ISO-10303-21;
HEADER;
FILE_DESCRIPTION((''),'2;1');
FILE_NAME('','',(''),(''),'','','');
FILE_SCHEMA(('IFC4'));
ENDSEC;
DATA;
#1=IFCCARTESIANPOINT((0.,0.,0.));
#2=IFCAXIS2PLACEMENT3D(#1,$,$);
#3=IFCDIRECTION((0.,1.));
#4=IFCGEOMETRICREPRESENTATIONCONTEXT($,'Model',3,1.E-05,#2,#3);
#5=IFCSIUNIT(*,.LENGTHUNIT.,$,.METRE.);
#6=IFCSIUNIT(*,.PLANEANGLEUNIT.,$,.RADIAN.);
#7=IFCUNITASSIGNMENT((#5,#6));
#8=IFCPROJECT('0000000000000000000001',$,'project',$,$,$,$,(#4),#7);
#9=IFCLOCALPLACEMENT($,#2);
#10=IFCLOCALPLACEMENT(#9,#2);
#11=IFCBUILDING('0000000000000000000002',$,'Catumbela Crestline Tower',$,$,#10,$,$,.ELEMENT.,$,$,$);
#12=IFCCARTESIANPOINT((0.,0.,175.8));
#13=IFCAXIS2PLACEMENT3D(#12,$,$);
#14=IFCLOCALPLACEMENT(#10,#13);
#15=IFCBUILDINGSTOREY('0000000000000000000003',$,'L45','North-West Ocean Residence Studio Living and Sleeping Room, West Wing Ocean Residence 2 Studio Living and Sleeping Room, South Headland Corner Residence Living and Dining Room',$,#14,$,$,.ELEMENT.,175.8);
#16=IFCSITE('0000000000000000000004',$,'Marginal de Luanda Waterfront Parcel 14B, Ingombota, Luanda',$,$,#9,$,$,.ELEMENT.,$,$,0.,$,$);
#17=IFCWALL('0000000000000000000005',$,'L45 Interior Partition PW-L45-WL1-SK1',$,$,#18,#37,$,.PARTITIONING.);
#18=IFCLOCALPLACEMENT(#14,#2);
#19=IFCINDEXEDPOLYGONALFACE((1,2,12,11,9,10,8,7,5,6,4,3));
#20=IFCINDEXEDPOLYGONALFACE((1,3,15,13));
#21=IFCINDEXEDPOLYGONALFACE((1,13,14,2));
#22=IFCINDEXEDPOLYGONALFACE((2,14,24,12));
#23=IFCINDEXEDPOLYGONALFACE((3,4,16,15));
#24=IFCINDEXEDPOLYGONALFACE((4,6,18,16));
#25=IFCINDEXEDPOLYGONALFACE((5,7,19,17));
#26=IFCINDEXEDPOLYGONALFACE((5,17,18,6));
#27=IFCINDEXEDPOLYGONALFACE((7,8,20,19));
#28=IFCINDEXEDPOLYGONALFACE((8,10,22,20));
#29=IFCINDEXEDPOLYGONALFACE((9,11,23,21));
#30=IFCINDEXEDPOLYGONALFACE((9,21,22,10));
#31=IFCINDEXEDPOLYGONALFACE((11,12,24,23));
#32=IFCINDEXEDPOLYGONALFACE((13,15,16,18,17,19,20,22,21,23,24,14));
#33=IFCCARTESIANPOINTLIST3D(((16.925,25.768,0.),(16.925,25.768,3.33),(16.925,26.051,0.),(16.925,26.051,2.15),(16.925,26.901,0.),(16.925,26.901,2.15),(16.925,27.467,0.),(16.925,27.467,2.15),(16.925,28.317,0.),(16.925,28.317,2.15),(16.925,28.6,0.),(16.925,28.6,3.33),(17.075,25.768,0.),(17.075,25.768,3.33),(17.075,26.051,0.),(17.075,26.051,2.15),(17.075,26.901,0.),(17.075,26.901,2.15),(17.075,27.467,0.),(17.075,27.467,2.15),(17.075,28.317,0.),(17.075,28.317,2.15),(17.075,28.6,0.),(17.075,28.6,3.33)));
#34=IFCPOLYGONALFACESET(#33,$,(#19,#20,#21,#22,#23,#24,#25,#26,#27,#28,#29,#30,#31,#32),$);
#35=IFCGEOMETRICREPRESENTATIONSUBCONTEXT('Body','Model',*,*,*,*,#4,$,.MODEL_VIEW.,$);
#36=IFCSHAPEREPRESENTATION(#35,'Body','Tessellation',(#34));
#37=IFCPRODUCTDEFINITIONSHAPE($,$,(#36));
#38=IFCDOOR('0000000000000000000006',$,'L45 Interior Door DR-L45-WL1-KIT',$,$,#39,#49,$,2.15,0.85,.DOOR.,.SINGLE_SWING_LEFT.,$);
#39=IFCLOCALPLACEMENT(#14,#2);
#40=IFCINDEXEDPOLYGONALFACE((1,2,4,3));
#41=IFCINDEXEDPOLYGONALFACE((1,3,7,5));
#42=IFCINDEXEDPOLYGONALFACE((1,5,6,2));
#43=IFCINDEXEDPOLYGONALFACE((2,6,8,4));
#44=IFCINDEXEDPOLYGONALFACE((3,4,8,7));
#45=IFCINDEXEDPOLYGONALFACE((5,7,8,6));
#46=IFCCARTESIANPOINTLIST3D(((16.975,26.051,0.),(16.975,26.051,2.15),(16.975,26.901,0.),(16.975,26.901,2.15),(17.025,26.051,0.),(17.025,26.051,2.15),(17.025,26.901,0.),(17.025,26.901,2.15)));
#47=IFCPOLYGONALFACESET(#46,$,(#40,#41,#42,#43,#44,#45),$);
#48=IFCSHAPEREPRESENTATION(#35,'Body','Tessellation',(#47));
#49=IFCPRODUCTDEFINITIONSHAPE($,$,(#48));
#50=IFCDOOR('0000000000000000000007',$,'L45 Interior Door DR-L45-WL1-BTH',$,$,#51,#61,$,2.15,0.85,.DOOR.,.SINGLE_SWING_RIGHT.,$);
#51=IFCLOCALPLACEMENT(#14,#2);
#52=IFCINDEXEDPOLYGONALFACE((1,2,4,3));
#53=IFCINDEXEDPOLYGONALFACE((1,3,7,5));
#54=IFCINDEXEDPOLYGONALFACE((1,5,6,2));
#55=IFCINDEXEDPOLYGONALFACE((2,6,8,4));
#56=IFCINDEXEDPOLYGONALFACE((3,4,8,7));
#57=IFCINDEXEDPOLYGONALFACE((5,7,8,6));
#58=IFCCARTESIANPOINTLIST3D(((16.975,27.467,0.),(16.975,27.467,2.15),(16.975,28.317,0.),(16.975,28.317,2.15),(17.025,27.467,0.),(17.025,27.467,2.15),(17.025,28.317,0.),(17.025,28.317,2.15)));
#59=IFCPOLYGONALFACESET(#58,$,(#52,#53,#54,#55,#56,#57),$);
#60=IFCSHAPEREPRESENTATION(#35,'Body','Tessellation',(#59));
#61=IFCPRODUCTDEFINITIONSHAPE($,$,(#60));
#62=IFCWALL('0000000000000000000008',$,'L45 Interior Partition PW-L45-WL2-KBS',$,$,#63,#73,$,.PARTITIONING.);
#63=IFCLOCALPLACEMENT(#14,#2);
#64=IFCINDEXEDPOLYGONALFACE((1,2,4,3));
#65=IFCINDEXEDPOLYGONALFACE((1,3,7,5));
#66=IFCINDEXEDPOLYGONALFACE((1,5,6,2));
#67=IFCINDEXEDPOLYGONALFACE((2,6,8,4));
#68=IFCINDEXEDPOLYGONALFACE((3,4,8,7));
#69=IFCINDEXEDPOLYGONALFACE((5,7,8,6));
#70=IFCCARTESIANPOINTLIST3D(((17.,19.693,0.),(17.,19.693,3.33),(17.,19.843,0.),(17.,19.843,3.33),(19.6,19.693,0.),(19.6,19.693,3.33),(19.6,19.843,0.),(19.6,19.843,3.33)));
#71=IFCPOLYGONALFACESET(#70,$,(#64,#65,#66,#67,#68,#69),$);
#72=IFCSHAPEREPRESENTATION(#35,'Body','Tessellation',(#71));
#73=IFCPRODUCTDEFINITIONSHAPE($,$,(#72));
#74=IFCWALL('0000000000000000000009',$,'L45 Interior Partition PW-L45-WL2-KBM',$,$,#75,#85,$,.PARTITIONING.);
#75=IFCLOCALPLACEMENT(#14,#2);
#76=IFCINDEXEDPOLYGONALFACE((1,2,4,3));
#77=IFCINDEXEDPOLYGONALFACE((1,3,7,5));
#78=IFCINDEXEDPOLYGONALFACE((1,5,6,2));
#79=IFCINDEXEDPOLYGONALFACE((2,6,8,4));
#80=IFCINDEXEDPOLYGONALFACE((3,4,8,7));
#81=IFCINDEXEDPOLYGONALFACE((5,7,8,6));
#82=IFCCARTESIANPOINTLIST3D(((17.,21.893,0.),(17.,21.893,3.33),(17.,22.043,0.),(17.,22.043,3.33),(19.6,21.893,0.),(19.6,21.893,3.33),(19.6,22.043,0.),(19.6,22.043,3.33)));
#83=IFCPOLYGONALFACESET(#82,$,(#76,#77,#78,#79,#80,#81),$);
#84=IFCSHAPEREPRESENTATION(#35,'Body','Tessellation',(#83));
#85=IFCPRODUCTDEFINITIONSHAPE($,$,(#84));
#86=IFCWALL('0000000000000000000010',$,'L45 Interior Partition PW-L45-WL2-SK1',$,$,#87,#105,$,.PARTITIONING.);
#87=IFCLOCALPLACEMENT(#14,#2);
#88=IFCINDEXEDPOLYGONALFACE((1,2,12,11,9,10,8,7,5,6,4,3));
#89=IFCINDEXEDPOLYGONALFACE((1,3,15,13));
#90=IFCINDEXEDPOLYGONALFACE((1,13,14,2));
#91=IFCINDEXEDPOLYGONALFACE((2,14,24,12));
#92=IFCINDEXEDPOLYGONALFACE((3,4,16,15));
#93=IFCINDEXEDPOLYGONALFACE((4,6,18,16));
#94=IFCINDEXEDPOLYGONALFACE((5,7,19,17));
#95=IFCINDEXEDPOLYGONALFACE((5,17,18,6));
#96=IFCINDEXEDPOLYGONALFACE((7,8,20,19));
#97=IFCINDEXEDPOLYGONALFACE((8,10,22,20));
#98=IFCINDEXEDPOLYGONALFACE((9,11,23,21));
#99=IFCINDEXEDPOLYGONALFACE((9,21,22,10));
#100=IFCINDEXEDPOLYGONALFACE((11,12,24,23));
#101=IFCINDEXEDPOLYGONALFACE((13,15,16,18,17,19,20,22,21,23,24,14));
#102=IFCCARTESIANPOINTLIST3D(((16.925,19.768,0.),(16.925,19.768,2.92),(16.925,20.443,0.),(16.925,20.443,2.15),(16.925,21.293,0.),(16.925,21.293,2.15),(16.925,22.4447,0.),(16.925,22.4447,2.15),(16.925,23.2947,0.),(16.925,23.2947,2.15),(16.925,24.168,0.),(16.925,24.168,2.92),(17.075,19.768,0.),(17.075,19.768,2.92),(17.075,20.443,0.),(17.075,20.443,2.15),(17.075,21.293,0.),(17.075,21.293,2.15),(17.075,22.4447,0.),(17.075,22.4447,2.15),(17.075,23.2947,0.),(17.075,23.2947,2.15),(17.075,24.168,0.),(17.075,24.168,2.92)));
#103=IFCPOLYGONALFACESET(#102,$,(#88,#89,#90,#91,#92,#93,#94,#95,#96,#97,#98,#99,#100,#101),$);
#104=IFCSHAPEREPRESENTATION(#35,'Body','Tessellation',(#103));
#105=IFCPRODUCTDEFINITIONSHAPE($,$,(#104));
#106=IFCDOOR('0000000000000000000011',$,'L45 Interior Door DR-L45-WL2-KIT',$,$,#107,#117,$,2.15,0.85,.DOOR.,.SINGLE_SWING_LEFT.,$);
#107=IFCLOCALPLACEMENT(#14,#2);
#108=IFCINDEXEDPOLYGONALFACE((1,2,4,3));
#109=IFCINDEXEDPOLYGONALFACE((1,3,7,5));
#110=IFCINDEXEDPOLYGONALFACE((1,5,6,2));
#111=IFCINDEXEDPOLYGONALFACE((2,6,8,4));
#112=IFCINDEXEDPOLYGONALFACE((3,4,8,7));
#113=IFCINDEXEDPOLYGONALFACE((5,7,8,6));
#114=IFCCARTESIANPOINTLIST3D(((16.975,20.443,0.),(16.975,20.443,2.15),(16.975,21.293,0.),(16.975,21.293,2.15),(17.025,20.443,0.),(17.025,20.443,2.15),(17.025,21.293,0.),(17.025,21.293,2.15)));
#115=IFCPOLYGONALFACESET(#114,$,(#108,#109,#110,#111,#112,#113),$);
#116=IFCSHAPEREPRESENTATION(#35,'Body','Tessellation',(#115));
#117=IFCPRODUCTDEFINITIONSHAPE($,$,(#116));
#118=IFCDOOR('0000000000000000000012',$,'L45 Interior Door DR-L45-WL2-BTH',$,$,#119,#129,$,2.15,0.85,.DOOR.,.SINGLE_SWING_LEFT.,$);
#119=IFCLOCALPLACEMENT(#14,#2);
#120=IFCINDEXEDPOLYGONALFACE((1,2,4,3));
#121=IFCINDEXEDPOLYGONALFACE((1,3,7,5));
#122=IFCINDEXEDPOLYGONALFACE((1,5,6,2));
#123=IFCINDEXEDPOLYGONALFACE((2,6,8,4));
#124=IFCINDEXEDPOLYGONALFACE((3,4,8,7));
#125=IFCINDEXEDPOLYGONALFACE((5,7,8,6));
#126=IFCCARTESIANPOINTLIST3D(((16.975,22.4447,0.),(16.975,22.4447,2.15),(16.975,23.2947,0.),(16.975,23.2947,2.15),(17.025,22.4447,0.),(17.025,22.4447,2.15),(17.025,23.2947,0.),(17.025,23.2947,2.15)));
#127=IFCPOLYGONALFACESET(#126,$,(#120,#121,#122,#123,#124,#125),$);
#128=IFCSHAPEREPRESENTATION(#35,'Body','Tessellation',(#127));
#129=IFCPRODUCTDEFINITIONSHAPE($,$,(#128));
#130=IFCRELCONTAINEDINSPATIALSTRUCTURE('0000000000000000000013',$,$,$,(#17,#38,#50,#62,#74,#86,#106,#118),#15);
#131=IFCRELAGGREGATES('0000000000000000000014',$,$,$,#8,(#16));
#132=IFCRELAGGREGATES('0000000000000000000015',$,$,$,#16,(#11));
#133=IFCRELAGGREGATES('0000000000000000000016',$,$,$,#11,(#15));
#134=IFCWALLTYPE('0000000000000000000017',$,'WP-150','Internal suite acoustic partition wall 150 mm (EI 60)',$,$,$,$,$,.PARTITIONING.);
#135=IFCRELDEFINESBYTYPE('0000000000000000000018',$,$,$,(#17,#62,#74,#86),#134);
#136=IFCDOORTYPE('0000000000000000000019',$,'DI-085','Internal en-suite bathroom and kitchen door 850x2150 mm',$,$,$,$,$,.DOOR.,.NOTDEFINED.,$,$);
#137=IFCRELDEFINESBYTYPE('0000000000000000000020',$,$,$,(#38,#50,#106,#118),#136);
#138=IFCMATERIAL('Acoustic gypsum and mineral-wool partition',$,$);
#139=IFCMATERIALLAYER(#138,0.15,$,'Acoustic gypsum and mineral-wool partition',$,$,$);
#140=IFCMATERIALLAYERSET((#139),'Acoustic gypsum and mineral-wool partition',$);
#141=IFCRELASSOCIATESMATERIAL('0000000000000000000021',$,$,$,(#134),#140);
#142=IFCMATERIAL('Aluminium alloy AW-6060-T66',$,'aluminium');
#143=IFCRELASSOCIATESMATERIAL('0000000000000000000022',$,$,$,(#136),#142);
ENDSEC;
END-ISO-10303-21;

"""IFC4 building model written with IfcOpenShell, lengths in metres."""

from ifc_helpers import new_model, si_unit, direction, frame, frame_2d, origin, place, context, subcontext, project, spatial, rectangle, extrude, material, layer, layer_set, type_object, element, fill, save


model = new_model("IFC4")

# Units and contexts
model_context = context("Model", 3, precision=1e-05, world=origin(), true_north=direction((0.0, 1.0)))
body_context = subcontext(model_context, "Body", "Model", "MODEL_VIEW")
ifc_project = project(units=[si_unit("LENGTHUNIT", "METRE"), si_unit("PLANEANGLEUNIT", "RADIAN")], contexts=[model_context])

# Site, building, storey
site_placement = place(None, origin())
site = spatial("IfcSite", under=ifc_project, at=site_placement, Name="Marginal de Luanda Waterfront Parcel 14B, Ingombota, Luanda", CompositionType="ELEMENT", RefElevation=0.0)
building_placement = place(site_placement, origin())
building = spatial("IfcBuilding", under=site, at=building_placement, Name="Catumbela Crestline Tower", CompositionType="ELEMENT")
storey_placement = place(building_placement, frame((0.0, 0.0, 175.8)))
storey = spatial("IfcBuildingStorey", under=building, at=storey_placement, Name="L45", Description="North-West Ocean Residence Studio Living and Sleeping Room, West Wing Ocean Residence 2 Studio Living and Sleeping Room, South Headland Corner Residence Living and Dining Room", CompositionType="ELEMENT", Elevation=175.8)

# Shared definitions
ifc_material_1 = material(Name="Acoustic gypsum and mineral-wool partition")

# Shared definitions
ifc_material_2 = material(Name="Aluminium alloy AW-6060-T66", Category="aluminium")

# Shared definitions
ifc_layer_1 = layer(ifc_material_1, 0.15, Name="Acoustic gypsum and mineral-wool partition")
ifc_layer_set_1 = layer_set([ifc_layer_1], Name="Acoustic gypsum and mineral-wool partition")
wall_type_1 = type_object("IfcWallType", Name="WP-150", Description="Internal suite acoustic partition wall 150 mm (EI 60)", PredefinedType="PARTITIONING", material=ifc_layer_set_1)

# Wall, openings, doors
wall_1_placement = place(storey_placement, frame((17.0, 25.768, 0.0), z_axis=(0.0, 0.0, 1.0), x_axis=(0.0, 1.0, 0.0)))
wall_1 = element("IfcWall", 1, at=wall_1_placement, inside=storey, type_object=wall_type_1, Name="L45 Interior Partition PW-L45-WL1-SK1", PredefinedType="PARTITIONING", context=body_context, shape_type="SweptSolid", body=[
    extrude(rectangle(XDim=2.832, YDim=0.15, at=frame_2d((1.416, 0.0))), origin(), (0.0, 0.0, 1.0), 3.33),
])
opening_1_placement = place(wall_1_placement, frame((0.283, 0.0, 0.0)))
opening_1 = element("IfcOpeningElement", 2, at=opening_1_placement, cuts=wall_1, PredefinedType="OPENING", context=body_context, shape_type="SweptSolid", body=[
    extrude(rectangle(XDim=0.85, YDim=2.15, at=frame_2d((0.425, 1.075))), frame((0.0, 0.085, 0.0), z_axis=(0.0, -1.0, 0.0), x_axis=(1.0, 0.0, 0.0)), (0.0, 0.0, 1.0), 0.17),
])
opening_2_placement = place(wall_1_placement, frame((1.699, 0.0, 0.0)))
opening_2 = element("IfcOpeningElement", 3, at=opening_2_placement, cuts=wall_1, PredefinedType="OPENING", context=body_context, shape_type="SweptSolid", body=[
    extrude(rectangle(XDim=0.85, YDim=2.15, at=frame_2d((0.425, 1.075))), frame((0.0, 0.085, 0.0), z_axis=(0.0, -1.0, 0.0), x_axis=(1.0, 0.0, 0.0)), (0.0, 0.0, 1.0), 0.17),
])
door_type_1 = type_object("IfcDoorType", Name="DI-085", Description="Internal en-suite bathroom and kitchen door 850x2150 mm", OperationType="NOTDEFINED", PredefinedType="DOOR", material=ifc_material_2)
door_1_placement = place(opening_1_placement, origin())
door_1 = element("IfcDoor", 4, at=door_1_placement, inside=storey, type_object=door_type_1, Name="L45 Interior Door DR-L45-WL1-KIT", OperationType="SINGLE_SWING_LEFT", OverallHeight=2.15, OverallWidth=0.85, PredefinedType="DOOR", context=body_context, shape_type="SweptSolid", body=[
    extrude(rectangle(XDim=0.85, YDim=2.15, at=frame_2d((0.425, 1.075))), frame((0.0, 0.025, 0.0), z_axis=(0.0, -1.0, 0.0), x_axis=(1.0, 0.0, 0.0)), (0.0, 0.0, 1.0), 0.05),
])
fill(opening_1, door_1)
door_2_placement = place(opening_2_placement, origin())
door_2 = element("IfcDoor", 5, at=door_2_placement, inside=storey, type_object=door_type_1, Name="L45 Interior Door DR-L45-WL1-BTH", OperationType="SINGLE_SWING_RIGHT", OverallHeight=2.15, OverallWidth=0.85, PredefinedType="DOOR", context=body_context, shape_type="SweptSolid", body=[
    extrude(rectangle(XDim=0.85, YDim=2.15, at=frame_2d((0.425, 1.075))), frame((0.0, 0.025, 0.0), z_axis=(0.0, -1.0, 0.0), x_axis=(1.0, 0.0, 0.0)), (0.0, 0.0, 1.0), 0.05),
])
fill(opening_2, door_2)

# Walls
for number, where, z_axis, x_axis, name in (
    (6, (17.0, 19.768, 0.0), (0.0, 0.0, 1.0), (1.0, 0.0, 0.0), "L45 Interior Partition PW-L45-WL2-KBS"),
    (7, (17.0, 21.968, 0.0), (0.0, 0.0, 1.0), (1.0, 0.0, 0.0), "L45 Interior Partition PW-L45-WL2-KBM"),
):
    element("IfcWall", number, at=place(storey_placement, frame(where, z_axis=z_axis, x_axis=x_axis)), inside=storey, type_object=wall_type_1, Name=name, PredefinedType="PARTITIONING", context=body_context, shape_type="SweptSolid", body=[
        extrude(rectangle(XDim=2.6, YDim=0.15, at=frame_2d((1.3, 0.0))), origin(), (0.0, 0.0, 1.0), 3.33),
    ])

# Wall, openings, doors
wall_2_placement = place(storey_placement, frame((17.0, 19.768, 0.0), z_axis=(0.0, 0.0, 1.0), x_axis=(0.0, 1.0, 0.0)))
wall_2 = element("IfcWall", 8, at=wall_2_placement, inside=storey, type_object=wall_type_1, Name="L45 Interior Partition PW-L45-WL2-SK1", PredefinedType="PARTITIONING", context=body_context, shape_type="SweptSolid", body=[
    extrude(rectangle(XDim=4.4, YDim=0.15, at=frame_2d((2.2, 0.0))), origin(), (0.0, 0.0, 1.0), 2.92),
])
opening_3_placement = place(wall_2_placement, frame((0.675, 0.0, 0.0)))
opening_3 = element("IfcOpeningElement", 9, at=opening_3_placement, cuts=wall_2, PredefinedType="OPENING", context=body_context, shape_type="SweptSolid", body=[
    extrude(rectangle(XDim=0.85, YDim=2.15, at=frame_2d((0.425, 1.075))), frame((0.0, 0.085, 0.0), z_axis=(0.0, -1.0, 0.0), x_axis=(1.0, 0.0, 0.0)), (0.0, 0.0, 1.0), 0.17),
])
opening_4_placement = place(wall_2_placement, frame((2.6767, 0.0, 0.0)))
opening_4 = element("IfcOpeningElement", 10, at=opening_4_placement, cuts=wall_2, PredefinedType="OPENING", context=body_context, shape_type="SweptSolid", body=[
    extrude(rectangle(XDim=0.85, YDim=2.15, at=frame_2d((0.425, 1.075))), frame((0.0, 0.085, 0.0), z_axis=(0.0, -1.0, 0.0), x_axis=(1.0, 0.0, 0.0)), (0.0, 0.0, 1.0), 0.17),
])
door_3_placement = place(opening_3_placement, origin())
door_3 = element("IfcDoor", 11, at=door_3_placement, inside=storey, type_object=door_type_1, Name="L45 Interior Door DR-L45-WL2-KIT", OperationType="SINGLE_SWING_LEFT", OverallHeight=2.15, OverallWidth=0.85, PredefinedType="DOOR", context=body_context, shape_type="SweptSolid", body=[
    extrude(rectangle(XDim=0.85, YDim=2.15, at=frame_2d((0.425, 1.075))), frame((0.0, 0.025, 0.0), z_axis=(0.0, -1.0, 0.0), x_axis=(1.0, 0.0, 0.0)), (0.0, 0.0, 1.0), 0.05),
])
fill(opening_3, door_3)
door_4_placement = place(opening_4_placement, origin())
door_4 = element("IfcDoor", 12, at=door_4_placement, inside=storey, type_object=door_type_1, Name="L45 Interior Door DR-L45-WL2-BTH", OperationType="SINGLE_SWING_LEFT", OverallHeight=2.15, OverallWidth=0.85, PredefinedType="DOOR", context=body_context, shape_type="SweptSolid", body=[
    extrude(rectangle(XDim=0.85, YDim=2.15, at=frame_2d((0.425, 1.075))), frame((0.0, 0.025, 0.0), z_axis=(0.0, -1.0, 0.0), x_axis=(1.0, 0.0, 0.0)), (0.0, 0.0, 1.0), 0.05),
])
fill(opening_4, door_4)

save(model, "model.ifc")
